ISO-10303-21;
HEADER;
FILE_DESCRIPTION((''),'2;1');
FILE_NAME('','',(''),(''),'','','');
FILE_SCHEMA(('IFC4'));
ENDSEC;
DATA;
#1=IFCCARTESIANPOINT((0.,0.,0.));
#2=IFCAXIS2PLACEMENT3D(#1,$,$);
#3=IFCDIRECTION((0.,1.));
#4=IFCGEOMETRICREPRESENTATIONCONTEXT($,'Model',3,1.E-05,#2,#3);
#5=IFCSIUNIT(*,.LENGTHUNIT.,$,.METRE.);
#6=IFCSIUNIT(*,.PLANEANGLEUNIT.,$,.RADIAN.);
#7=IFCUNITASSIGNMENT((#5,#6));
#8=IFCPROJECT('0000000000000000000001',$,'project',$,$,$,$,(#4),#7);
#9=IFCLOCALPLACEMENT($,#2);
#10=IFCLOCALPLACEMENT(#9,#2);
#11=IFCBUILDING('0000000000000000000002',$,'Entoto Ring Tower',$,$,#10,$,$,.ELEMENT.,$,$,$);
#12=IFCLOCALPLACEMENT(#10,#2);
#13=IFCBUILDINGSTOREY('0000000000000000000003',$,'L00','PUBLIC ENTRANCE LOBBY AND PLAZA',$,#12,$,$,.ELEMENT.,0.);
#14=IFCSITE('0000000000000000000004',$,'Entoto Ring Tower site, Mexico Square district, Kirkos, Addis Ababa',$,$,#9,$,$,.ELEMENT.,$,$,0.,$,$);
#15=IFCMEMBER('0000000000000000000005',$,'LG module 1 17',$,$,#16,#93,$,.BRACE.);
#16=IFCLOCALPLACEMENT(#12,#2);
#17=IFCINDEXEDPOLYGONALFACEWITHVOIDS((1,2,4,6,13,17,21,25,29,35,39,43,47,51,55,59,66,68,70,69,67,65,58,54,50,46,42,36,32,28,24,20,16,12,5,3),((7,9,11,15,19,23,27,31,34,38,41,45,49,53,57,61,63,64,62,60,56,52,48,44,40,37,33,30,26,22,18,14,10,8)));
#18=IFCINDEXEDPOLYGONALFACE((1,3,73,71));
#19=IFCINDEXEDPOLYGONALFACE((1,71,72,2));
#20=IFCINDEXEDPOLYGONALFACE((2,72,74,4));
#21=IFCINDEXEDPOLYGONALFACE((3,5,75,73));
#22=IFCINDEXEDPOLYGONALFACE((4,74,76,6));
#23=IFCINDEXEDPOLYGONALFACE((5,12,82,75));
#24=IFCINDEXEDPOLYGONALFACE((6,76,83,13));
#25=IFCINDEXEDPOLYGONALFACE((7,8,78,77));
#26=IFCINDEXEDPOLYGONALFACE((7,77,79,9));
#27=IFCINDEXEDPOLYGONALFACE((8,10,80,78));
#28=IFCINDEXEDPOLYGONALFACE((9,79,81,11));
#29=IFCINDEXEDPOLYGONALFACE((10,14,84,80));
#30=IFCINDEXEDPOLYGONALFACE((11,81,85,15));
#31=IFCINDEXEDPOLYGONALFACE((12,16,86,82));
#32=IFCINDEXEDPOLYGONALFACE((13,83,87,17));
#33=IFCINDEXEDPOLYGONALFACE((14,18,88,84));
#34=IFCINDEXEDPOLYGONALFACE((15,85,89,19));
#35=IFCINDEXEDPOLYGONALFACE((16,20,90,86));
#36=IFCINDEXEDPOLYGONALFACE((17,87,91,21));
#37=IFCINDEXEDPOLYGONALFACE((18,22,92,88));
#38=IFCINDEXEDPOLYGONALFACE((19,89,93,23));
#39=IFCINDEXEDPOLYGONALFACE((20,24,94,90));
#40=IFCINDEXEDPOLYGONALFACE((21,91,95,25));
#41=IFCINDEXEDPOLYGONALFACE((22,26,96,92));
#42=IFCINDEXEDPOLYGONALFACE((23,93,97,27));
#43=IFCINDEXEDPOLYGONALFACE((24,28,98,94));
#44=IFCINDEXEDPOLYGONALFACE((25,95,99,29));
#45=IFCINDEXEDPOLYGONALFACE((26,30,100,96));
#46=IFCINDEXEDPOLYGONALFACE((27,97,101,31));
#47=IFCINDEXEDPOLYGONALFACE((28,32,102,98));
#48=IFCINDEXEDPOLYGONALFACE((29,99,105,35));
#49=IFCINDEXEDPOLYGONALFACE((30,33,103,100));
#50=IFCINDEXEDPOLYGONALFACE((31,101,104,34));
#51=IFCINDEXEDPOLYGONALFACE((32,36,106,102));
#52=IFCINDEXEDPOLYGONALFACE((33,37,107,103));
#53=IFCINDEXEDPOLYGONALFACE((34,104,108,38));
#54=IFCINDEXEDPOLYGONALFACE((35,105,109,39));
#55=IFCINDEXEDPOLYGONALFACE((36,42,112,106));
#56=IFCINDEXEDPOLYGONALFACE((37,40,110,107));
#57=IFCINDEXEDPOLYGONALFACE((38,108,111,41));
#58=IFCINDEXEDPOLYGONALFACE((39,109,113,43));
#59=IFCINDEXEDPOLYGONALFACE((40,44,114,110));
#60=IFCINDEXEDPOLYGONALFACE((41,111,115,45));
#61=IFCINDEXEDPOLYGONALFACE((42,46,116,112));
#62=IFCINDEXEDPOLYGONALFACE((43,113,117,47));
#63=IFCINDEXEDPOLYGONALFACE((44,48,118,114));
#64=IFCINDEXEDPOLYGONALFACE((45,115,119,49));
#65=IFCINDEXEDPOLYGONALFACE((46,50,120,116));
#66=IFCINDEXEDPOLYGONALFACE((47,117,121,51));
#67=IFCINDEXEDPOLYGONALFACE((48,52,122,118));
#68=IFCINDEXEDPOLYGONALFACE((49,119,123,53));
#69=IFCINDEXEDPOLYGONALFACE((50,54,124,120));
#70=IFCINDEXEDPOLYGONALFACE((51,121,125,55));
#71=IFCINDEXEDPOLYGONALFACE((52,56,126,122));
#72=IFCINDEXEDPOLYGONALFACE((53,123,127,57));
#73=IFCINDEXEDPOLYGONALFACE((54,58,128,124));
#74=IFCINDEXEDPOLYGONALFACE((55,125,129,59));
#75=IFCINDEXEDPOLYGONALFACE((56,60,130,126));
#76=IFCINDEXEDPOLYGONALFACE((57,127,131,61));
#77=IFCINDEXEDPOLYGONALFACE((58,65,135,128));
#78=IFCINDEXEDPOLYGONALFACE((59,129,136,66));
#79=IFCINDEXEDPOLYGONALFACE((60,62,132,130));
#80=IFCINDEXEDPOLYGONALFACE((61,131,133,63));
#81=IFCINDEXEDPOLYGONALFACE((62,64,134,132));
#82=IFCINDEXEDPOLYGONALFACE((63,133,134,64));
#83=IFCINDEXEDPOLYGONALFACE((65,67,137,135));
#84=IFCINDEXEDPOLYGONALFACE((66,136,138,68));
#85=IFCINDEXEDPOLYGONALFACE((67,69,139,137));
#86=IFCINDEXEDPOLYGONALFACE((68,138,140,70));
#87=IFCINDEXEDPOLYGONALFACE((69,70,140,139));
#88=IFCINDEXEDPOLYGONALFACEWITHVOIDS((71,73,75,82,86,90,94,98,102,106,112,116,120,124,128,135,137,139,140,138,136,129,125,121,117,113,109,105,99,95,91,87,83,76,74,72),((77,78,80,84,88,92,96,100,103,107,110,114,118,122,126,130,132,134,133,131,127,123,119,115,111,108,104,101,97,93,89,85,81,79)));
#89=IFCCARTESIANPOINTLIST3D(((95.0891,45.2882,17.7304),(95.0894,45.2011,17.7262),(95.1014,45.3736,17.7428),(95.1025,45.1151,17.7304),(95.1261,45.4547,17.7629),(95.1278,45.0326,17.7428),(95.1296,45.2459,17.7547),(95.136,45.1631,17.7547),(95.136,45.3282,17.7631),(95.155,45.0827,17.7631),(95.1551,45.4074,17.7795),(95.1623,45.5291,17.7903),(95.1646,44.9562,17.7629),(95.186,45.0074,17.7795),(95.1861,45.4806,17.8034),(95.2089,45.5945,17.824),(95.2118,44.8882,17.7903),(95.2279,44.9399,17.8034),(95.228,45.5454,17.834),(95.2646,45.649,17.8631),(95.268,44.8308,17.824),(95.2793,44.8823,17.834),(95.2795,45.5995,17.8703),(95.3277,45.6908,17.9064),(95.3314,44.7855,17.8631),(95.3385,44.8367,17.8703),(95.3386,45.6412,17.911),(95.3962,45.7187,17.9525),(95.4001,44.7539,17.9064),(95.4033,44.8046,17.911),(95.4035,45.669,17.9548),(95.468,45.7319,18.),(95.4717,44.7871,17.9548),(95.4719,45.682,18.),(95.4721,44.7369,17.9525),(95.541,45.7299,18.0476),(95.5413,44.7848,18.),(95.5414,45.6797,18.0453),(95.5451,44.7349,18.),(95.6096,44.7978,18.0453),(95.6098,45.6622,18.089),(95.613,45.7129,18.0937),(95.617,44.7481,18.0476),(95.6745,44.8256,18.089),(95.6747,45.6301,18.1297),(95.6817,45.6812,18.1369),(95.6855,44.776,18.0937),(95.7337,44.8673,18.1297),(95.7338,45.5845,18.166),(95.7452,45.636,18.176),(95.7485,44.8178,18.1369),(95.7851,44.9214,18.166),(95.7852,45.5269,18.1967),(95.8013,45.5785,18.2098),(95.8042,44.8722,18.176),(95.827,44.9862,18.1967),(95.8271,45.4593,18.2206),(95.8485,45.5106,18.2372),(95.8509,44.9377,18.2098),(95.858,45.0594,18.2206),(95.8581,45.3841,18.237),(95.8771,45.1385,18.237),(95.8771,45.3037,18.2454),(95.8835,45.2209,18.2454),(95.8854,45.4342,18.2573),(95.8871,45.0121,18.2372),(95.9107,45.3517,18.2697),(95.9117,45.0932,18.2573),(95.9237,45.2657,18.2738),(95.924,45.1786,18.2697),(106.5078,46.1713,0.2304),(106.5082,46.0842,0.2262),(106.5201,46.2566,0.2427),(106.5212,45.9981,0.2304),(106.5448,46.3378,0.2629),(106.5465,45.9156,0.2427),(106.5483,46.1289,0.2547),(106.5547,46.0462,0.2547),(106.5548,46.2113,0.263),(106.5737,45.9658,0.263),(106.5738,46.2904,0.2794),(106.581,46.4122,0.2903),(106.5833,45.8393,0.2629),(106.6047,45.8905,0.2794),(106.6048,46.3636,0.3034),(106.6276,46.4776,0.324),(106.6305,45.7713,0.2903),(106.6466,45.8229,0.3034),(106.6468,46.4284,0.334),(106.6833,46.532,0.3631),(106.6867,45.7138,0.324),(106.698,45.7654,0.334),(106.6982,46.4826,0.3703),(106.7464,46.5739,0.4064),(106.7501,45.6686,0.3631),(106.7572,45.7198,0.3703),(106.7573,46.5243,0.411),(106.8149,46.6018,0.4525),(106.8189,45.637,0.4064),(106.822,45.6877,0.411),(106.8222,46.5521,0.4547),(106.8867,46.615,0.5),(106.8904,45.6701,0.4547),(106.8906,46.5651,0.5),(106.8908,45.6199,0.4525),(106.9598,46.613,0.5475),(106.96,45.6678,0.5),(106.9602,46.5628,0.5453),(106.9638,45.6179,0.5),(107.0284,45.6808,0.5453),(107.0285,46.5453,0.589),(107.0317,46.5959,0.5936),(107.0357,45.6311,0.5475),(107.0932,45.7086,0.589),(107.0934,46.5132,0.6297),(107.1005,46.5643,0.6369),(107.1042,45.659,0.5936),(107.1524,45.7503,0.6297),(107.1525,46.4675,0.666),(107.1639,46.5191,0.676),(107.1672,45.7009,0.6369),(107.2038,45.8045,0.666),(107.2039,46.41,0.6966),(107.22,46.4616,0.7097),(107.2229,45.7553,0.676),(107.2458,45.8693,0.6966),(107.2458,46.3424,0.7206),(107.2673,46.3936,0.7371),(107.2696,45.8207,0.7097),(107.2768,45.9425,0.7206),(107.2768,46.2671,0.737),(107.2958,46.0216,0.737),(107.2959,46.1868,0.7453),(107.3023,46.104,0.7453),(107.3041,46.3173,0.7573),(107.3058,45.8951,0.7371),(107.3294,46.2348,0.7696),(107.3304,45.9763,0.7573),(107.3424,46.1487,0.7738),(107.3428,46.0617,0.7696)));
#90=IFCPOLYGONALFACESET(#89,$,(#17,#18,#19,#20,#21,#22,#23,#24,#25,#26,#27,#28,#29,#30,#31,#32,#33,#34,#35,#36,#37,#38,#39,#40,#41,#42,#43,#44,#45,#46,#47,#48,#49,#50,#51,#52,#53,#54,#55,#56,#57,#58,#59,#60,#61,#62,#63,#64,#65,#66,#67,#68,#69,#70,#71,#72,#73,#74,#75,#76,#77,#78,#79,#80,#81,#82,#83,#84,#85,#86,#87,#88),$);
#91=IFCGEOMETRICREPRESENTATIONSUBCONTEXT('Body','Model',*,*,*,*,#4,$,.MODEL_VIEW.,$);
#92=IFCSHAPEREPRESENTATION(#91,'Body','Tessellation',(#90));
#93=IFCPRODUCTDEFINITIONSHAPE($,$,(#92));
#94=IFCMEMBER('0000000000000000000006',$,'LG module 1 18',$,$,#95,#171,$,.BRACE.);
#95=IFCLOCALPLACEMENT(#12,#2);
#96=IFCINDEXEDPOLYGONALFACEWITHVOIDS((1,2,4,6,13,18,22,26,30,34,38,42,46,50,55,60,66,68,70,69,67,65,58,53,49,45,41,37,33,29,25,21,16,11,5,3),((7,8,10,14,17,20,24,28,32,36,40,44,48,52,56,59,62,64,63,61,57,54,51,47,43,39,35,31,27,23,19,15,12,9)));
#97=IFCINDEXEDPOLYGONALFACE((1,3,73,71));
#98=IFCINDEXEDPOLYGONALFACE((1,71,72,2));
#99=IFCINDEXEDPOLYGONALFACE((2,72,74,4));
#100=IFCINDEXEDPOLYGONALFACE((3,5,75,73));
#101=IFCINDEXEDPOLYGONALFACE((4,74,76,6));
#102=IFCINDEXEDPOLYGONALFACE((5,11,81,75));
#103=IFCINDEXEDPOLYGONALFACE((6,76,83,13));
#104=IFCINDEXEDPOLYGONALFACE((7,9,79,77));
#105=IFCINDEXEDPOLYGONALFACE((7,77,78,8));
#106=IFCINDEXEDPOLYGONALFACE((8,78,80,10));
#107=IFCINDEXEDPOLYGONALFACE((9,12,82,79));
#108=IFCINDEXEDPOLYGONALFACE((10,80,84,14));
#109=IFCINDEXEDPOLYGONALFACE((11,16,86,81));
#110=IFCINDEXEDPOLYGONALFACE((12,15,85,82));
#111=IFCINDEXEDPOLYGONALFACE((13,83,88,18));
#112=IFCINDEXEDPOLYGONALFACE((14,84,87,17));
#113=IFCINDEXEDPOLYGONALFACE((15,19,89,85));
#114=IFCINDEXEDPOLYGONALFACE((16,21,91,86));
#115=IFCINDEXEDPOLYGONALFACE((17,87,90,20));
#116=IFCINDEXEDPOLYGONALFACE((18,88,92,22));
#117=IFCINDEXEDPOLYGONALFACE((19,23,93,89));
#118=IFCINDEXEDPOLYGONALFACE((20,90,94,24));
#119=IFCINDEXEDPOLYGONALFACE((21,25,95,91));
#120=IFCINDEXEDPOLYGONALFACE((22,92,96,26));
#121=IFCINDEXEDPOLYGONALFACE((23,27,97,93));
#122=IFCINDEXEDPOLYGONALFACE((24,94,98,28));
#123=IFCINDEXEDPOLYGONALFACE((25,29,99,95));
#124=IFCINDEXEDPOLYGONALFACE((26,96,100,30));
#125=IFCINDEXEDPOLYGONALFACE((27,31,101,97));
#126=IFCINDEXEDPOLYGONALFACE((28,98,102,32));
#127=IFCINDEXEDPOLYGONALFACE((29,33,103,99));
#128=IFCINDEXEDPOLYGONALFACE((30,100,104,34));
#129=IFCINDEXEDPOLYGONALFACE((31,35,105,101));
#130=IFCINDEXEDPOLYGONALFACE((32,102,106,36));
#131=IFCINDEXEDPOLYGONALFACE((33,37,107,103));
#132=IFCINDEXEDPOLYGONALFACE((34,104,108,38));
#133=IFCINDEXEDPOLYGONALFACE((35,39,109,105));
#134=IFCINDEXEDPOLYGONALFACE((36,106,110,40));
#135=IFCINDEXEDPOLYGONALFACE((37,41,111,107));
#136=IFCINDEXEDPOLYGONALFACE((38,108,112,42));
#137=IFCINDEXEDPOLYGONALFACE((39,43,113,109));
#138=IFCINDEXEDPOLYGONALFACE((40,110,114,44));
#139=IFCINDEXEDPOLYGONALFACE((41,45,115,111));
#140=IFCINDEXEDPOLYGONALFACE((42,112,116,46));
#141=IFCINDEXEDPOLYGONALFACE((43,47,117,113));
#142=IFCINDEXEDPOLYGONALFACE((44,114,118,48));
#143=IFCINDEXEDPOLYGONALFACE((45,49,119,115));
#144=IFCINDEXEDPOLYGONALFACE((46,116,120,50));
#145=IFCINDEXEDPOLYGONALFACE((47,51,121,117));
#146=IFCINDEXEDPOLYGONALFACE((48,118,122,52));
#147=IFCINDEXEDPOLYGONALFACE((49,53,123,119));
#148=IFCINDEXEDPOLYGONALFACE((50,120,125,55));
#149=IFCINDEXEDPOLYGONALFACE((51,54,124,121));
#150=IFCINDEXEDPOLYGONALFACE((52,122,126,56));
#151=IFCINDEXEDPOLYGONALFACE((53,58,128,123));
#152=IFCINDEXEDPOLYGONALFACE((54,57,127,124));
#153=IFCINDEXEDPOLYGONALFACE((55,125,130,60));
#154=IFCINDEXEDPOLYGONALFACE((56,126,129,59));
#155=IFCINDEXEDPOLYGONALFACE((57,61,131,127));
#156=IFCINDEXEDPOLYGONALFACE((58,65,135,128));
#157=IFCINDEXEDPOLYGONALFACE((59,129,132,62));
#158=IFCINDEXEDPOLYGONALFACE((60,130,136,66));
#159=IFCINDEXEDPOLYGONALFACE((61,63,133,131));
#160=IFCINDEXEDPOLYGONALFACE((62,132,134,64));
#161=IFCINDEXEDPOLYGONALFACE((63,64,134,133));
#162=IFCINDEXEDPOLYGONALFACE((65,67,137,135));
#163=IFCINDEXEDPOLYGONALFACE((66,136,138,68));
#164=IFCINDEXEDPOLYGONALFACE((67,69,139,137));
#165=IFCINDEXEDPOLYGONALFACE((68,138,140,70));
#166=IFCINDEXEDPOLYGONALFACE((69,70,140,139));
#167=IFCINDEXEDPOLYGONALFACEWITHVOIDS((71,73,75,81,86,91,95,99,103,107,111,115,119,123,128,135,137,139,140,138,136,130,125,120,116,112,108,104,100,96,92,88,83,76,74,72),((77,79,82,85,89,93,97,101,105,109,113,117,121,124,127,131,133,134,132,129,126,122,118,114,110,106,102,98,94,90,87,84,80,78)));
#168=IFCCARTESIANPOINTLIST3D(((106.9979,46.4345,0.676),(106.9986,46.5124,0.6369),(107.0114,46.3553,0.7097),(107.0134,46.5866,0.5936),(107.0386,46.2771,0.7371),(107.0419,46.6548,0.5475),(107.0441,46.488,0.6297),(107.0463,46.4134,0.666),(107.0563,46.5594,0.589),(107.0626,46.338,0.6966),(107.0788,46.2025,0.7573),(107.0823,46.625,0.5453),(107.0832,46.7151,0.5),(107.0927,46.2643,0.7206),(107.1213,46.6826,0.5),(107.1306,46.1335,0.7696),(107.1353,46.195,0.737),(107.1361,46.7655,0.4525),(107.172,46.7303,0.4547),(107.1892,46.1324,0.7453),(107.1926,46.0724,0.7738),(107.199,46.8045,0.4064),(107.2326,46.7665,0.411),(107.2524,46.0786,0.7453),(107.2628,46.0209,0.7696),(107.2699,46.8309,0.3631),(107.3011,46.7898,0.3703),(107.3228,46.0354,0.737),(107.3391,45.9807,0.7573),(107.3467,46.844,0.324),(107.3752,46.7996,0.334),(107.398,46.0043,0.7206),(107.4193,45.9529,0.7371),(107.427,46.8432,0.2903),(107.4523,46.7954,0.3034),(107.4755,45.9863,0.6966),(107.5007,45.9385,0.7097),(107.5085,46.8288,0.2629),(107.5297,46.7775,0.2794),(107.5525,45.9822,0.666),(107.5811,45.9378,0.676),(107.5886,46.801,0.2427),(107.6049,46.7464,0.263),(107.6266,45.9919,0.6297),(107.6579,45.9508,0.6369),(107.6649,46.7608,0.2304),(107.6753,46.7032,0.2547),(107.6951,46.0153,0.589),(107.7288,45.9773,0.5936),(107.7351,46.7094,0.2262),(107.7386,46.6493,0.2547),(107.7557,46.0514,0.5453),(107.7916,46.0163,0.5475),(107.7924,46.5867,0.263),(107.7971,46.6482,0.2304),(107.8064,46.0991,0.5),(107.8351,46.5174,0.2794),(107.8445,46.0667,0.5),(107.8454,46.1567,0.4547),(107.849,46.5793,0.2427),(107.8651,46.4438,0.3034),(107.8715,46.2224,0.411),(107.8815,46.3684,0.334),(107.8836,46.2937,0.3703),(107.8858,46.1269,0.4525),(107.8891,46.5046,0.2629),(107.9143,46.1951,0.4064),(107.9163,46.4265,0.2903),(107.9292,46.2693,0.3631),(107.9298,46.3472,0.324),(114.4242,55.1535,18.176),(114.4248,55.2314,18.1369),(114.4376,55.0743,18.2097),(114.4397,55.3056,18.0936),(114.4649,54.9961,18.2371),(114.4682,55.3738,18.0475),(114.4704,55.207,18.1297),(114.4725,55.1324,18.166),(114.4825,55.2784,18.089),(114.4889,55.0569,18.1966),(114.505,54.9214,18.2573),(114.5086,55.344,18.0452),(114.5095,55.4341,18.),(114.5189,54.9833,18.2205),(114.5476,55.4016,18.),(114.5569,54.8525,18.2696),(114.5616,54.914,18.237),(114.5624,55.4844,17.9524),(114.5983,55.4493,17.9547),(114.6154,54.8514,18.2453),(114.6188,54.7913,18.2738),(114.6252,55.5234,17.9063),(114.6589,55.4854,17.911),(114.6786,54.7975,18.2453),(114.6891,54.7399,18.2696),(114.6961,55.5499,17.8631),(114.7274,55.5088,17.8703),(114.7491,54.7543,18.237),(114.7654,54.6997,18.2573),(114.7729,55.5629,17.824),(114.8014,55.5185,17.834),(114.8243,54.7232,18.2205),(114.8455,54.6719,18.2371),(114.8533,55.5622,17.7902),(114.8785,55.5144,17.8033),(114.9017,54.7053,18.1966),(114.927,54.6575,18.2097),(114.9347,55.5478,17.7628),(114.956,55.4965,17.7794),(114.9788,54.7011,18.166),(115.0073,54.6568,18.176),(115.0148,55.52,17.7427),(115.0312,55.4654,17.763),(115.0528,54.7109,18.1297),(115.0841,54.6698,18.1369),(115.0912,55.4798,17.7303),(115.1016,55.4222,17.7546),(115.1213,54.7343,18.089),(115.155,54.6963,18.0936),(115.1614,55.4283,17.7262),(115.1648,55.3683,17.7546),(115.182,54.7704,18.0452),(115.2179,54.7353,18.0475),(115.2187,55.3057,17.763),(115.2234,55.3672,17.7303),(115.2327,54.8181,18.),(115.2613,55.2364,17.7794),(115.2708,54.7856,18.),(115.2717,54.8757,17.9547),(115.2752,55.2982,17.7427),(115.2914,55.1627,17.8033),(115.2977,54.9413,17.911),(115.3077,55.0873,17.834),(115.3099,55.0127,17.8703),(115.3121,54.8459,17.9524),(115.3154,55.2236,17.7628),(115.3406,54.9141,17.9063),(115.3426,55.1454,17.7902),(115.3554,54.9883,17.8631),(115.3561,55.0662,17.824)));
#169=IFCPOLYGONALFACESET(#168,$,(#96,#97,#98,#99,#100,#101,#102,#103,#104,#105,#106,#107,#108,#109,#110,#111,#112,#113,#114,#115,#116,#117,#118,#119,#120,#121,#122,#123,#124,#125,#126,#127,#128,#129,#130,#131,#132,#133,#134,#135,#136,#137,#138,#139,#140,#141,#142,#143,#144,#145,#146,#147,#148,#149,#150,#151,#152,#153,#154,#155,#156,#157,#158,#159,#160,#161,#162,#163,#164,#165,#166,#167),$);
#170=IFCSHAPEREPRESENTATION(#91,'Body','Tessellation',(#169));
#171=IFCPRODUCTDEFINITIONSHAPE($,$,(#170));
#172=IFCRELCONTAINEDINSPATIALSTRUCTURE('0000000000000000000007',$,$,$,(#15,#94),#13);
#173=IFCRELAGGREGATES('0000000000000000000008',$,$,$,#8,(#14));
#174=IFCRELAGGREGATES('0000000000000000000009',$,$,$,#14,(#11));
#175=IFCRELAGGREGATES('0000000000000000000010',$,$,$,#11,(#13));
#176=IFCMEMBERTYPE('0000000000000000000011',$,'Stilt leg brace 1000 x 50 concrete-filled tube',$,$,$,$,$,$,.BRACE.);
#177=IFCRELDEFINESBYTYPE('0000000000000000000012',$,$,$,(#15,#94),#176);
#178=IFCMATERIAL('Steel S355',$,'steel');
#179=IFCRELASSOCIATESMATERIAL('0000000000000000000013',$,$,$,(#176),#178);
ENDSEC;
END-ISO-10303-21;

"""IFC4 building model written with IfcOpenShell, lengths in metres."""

from ifc_helpers import new_model, si_unit, direction, frame, origin, origin_2d, place, context, subcontext, project, spatial, circle, hollow_circle, extrude, material, material_profile, profile_set, type_object, element, save


model = new_model("IFC4")

# Units and contexts
model_context = context("Model", 3, precision=1e-05, world=origin(), true_north=direction((0.0, 1.0)))
body_context = subcontext(model_context, "Body", "Model", "MODEL_VIEW")
ifc_project = project(units=[si_unit("LENGTHUNIT", "METRE"), si_unit("PLANEANGLEUNIT", "RADIAN")], contexts=[model_context])

# Site, building, storey
site_placement = place(None, origin())
site = spatial("IfcSite", under=ifc_project, at=site_placement, Name="Entoto Ring Tower site, Mexico Square district, Kirkos, Addis Ababa", CompositionType="ELEMENT", RefElevation=0.0)
building_placement = place(site_placement, origin())
building = spatial("IfcBuilding", under=site, at=building_placement, Name="Entoto Ring Tower", CompositionType="ELEMENT")
storey_placement = place(building_placement, origin())
storey = spatial("IfcBuildingStorey", under=building, at=storey_placement, Name="L00", Description="PUBLIC ENTRANCE LOBBY AND PLAZA", CompositionType="ELEMENT", Elevation=0.0)

# Members
ifc_material_1 = material(Name="Steel S355", Category="steel")
ifc_material_profile_1 = material_profile(ifc_material_1, hollow_circle(Radius=0.5, WallThickness=0.05, at=origin_2d()), Name="CHS 1000 x 50")
ifc_material_2 = material(Name="Concrete C60/75", Category="concrete")
ifc_material_profile_2 = material_profile(ifc_material_2, circle(Radius=0.45, at=origin_2d()), Name="Concrete C60/75 infill")
ifc_profile_set_1 = profile_set([ifc_material_profile_1, ifc_material_profile_2], Name="Steel S355")
member_type = type_object("IfcMemberType", Name="Stilt leg brace 1000 x 50 concrete-filled tube", PredefinedType="BRACE", material=ifc_profile_set_1)
for number, where, z_axis, x_axis, name in (
    (1, (106.9253, 46.1165, 0.5), (-0.54597, -0.042222, 0.83674), (0.077104, -0.997023, 0.0), "LG module 1 17"),
    (2, (107.4639, 46.3909, 0.5), (0.355076, 0.416886, 0.836736), (-0.761287, 0.648415, 0.0), "LG module 1 18"),
):
    element("IfcMember", number, at=place(storey_placement, frame(where, z_axis=z_axis, x_axis=x_axis)), inside=storey, type_object=member_type, Name=name, PredefinedType="BRACE", context=body_context, shape_type="SweptSolid", body=[
        extrude(hollow_circle(Radius=0.5, WallThickness=0.05, at=origin_2d()), origin(), (0.0, 0.0, 1.0), 20.9146),
    ])

save(model, "model.ifc")
